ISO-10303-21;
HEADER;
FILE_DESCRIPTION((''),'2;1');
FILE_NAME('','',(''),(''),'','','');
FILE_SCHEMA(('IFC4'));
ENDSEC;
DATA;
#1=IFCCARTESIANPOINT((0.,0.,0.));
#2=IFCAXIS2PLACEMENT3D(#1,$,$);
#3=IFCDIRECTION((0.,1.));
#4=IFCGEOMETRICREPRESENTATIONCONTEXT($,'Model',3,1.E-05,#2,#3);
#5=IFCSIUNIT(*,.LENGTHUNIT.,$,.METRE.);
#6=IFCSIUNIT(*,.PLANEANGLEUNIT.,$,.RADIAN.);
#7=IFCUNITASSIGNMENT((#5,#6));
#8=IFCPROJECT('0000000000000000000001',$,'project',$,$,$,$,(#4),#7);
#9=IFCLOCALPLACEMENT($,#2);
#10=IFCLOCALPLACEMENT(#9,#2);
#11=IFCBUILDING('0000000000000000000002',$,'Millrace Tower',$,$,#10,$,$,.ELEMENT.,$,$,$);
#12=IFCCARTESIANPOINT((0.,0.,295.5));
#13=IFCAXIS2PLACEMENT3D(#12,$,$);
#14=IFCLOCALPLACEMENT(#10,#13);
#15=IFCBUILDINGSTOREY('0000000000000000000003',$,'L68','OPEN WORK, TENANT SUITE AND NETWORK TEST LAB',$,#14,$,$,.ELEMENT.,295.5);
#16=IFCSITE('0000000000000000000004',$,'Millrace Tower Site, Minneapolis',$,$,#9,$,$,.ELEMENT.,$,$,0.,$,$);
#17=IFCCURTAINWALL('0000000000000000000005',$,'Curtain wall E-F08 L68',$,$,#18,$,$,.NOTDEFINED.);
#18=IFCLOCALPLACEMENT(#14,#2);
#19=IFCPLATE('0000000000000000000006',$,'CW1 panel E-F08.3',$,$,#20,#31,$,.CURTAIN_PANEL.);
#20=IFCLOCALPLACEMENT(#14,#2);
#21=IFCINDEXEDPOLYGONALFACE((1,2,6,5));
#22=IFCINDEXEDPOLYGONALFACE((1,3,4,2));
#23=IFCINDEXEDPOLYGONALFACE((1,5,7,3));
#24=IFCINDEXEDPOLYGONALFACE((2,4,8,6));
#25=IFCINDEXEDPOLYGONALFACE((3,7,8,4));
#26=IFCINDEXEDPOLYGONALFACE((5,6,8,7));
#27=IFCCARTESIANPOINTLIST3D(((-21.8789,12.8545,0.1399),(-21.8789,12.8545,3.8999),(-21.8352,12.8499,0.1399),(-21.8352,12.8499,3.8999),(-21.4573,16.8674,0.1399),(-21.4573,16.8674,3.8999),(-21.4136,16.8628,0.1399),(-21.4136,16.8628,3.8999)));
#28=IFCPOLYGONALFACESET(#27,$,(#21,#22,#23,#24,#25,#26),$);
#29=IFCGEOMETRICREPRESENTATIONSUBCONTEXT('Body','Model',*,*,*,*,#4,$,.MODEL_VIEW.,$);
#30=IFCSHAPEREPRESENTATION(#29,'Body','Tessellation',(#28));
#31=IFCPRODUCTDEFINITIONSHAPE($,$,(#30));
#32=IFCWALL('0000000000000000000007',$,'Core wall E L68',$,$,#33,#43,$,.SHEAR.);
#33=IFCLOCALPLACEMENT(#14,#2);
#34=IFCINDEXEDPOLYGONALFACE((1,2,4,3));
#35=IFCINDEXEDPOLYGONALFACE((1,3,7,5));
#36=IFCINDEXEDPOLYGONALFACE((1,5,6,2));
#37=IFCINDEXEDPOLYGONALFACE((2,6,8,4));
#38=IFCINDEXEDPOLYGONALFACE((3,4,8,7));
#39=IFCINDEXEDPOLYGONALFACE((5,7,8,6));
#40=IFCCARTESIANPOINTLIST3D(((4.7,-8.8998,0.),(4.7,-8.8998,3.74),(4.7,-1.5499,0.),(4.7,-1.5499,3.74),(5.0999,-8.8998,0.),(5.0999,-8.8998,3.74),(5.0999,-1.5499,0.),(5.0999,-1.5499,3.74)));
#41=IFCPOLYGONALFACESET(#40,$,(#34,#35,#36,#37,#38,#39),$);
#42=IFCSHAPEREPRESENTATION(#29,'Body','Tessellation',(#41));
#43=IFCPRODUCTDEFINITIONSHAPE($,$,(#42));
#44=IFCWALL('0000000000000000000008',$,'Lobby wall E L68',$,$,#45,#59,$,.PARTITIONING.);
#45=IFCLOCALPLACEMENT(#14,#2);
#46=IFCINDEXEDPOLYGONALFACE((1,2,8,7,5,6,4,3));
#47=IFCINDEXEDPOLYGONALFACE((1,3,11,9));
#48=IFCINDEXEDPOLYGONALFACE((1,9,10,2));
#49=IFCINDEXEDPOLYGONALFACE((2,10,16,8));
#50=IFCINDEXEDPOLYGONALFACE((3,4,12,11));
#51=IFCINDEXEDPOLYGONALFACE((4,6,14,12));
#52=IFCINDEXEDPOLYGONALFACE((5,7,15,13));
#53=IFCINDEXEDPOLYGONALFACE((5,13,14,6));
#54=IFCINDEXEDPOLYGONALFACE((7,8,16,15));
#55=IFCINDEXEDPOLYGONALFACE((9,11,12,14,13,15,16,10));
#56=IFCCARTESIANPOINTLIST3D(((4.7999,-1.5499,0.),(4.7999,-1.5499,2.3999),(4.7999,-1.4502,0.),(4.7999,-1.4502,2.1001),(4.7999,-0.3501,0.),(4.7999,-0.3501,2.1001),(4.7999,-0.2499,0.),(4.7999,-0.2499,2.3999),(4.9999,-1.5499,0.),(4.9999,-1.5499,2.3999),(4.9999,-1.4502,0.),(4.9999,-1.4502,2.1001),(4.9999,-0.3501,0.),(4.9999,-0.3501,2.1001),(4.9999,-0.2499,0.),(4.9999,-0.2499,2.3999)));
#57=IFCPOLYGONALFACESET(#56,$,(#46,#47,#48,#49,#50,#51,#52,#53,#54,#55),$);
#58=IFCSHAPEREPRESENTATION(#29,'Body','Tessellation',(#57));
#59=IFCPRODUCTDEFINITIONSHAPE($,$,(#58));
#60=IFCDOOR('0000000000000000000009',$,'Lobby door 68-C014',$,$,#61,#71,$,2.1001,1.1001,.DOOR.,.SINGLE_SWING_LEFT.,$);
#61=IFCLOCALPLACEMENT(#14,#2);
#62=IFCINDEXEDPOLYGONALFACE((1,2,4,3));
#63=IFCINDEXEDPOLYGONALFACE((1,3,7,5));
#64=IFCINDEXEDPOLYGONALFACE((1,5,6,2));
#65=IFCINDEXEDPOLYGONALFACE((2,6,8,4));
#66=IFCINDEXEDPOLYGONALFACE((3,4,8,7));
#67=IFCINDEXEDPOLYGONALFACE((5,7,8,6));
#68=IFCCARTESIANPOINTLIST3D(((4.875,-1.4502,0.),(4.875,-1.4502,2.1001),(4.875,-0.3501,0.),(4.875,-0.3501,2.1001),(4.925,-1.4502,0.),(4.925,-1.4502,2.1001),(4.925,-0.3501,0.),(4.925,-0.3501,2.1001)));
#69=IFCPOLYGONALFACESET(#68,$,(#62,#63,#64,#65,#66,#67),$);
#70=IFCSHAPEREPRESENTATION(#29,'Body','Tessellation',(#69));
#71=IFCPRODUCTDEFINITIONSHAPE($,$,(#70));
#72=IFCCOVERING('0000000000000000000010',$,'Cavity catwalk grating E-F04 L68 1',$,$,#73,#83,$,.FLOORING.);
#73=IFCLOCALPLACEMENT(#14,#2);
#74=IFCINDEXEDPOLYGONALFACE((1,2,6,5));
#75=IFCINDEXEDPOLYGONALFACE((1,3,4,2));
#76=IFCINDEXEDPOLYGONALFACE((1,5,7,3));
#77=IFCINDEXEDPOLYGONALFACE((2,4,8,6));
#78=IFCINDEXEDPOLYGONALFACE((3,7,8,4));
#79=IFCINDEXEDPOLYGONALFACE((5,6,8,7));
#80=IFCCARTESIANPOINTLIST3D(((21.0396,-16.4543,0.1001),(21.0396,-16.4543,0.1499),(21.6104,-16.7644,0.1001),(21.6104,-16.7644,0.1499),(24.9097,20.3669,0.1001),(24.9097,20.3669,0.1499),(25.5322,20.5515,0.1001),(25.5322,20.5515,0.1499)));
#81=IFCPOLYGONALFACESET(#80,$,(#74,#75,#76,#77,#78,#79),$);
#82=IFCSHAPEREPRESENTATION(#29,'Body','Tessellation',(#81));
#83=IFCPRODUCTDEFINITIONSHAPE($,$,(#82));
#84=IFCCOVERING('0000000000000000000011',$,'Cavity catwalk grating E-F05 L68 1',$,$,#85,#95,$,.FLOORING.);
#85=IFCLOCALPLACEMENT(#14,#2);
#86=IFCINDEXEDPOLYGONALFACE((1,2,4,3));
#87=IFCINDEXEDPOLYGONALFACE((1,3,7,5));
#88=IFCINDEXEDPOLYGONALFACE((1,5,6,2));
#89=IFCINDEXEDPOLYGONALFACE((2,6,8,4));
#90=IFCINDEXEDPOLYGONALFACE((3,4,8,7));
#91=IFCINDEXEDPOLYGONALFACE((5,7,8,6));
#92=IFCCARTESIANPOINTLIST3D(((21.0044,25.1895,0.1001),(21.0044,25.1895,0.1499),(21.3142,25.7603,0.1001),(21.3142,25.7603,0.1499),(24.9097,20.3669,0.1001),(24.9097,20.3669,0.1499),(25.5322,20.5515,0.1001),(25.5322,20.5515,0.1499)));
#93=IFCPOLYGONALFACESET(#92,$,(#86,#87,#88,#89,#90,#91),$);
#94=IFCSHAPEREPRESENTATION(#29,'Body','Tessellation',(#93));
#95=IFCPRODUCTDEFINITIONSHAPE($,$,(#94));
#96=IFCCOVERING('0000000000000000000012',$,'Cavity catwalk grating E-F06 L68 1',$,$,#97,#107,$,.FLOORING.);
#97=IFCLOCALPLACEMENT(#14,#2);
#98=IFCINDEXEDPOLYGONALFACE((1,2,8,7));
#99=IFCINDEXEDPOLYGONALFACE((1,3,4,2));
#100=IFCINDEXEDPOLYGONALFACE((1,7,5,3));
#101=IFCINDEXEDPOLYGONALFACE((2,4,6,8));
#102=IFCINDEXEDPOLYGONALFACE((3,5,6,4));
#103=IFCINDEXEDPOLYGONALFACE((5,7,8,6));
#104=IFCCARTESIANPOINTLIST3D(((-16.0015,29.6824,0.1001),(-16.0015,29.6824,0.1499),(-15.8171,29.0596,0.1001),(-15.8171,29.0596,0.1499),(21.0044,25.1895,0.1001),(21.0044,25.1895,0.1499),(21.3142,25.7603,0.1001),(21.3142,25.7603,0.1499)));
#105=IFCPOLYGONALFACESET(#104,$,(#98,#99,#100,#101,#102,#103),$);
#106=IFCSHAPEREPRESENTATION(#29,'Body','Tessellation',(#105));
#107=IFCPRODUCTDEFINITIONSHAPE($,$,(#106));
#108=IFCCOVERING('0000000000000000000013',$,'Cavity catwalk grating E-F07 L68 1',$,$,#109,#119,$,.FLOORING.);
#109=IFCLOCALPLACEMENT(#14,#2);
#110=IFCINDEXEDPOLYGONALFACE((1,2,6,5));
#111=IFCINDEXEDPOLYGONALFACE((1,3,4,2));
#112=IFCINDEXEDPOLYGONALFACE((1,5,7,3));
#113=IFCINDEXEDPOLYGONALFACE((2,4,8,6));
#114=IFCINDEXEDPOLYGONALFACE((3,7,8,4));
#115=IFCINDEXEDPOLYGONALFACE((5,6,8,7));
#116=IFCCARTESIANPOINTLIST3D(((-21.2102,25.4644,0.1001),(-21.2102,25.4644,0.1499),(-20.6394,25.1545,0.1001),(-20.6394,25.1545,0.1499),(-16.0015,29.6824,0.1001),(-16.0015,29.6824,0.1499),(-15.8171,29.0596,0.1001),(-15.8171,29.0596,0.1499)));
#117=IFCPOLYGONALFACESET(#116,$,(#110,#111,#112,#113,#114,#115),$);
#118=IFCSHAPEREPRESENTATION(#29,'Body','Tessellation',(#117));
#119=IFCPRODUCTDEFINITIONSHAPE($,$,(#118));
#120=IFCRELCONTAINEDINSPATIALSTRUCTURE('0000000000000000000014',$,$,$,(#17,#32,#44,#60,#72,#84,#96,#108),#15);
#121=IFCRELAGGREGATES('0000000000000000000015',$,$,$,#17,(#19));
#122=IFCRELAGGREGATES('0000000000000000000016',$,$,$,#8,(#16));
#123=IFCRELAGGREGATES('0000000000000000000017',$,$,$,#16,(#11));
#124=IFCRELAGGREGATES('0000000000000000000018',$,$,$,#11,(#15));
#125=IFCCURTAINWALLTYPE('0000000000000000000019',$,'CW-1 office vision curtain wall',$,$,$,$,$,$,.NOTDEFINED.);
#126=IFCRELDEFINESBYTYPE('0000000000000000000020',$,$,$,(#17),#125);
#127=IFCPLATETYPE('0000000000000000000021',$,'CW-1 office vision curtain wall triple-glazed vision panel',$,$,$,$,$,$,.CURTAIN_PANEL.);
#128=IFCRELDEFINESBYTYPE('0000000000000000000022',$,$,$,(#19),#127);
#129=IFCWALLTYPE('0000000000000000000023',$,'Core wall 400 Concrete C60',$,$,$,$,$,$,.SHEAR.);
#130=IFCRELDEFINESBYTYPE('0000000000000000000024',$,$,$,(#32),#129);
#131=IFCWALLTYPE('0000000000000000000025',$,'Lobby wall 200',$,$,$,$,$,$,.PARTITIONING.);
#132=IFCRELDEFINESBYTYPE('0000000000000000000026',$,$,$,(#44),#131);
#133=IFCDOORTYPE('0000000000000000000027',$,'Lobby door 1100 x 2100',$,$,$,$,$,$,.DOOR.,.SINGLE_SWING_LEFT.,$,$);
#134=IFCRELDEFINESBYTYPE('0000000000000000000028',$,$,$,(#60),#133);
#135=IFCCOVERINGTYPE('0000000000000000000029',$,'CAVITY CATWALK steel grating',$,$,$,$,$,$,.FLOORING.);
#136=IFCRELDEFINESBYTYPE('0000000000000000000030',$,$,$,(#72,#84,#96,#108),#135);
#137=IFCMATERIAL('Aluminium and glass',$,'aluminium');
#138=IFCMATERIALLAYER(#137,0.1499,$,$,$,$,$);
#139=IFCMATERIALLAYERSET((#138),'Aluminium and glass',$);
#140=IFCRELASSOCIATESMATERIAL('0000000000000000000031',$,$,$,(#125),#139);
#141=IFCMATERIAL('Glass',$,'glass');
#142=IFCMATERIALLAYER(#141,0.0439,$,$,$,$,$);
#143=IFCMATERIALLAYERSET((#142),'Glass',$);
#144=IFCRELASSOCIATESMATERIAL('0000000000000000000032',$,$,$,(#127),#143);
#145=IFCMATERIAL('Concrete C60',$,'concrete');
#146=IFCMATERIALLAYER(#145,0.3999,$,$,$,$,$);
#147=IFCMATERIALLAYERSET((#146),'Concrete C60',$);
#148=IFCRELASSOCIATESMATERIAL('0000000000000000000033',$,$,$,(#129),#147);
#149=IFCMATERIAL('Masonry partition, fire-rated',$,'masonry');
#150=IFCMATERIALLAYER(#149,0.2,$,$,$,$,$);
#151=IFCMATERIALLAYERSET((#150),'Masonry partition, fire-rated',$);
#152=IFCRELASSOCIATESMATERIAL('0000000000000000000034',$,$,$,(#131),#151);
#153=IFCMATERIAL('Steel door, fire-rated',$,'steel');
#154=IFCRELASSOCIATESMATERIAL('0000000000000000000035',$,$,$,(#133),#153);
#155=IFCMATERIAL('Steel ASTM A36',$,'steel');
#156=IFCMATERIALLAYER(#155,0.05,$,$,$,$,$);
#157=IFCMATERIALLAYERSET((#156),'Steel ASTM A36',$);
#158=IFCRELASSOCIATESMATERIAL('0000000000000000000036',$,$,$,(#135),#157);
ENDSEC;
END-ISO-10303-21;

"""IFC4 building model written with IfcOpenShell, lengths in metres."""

from ifc_helpers import new_model, si_unit, direction, frame, frame_2d, origin, place, context, subcontext, project, spatial, polyline, rectangle, outline, extrude, material, layer, layer_set, type_object, element, fill, aggregate, save


model = new_model("IFC4")

# Units and contexts
model_context = context("Model", 3, precision=1e-05, world=origin(), true_north=direction((0.0, 1.0)))
body_context = subcontext(model_context, "Body", "Model", "MODEL_VIEW")
ifc_project = project(units=[si_unit("LENGTHUNIT", "METRE"), si_unit("PLANEANGLEUNIT", "RADIAN")], contexts=[model_context])

# Site, building, storey
site_placement = place(None, origin())
site = spatial("IfcSite", under=ifc_project, at=site_placement, Name="Millrace Tower Site, Minneapolis", CompositionType="ELEMENT", RefElevation=0.0)
building_placement = place(site_placement, origin())
building = spatial("IfcBuilding", under=site, at=building_placement, Name="Millrace Tower", CompositionType="ELEMENT")
storey_placement = place(building_placement, frame((0.0, 0.0, 295.5)))
storey = spatial("IfcBuildingStorey", under=building, at=storey_placement, Name="L68", Description="OPEN WORK, TENANT SUITE AND NETWORK TEST LAB", CompositionType="ELEMENT", Elevation=295.5)

# Shared definitions
ifc_material_1 = material(Name="Aluminium and glass", Category="aluminium")
ifc_layer_1 = layer(ifc_material_1, 0.1499)
ifc_layer_set_1 = layer_set([ifc_layer_1], Name="Aluminium and glass")
curtain_wall_type = type_object("IfcCurtainWallType", Name="CW-1 office vision curtain wall", PredefinedType="NOTDEFINED", material=ifc_layer_set_1)
placement_1 = place(storey_placement, origin())
ifc_material_2 = material(Name="Glass", Category="glass")
ifc_layer_2 = layer(ifc_material_2, 0.0439)
ifc_layer_set_2 = layer_set([ifc_layer_2], Name="Glass")
plate_type = type_object("IfcPlateType", Name="CW-1 office vision curtain wall triple-glazed vision panel", PredefinedType="CURTAIN_PANEL", material=ifc_layer_set_2)
placement_2 = place(storey_placement, frame((0.0, 0.0, 0.1399)))

# Curtain wall, plate
curtain_wall_1 = element("IfcCurtainWall", 1, at=placement_1, inside=storey, type_object=curtain_wall_type, Name="Curtain wall E-F08 L68", PredefinedType="NOTDEFINED")
plate_1 = element("IfcPlate", 2, at=placement_2, type_object=plate_type, Name="CW1 panel E-F08.3", PredefinedType="CURTAIN_PANEL", context=body_context, shape_type="SweptSolid", body=[
    extrude(outline(polyline([(-21.4573, 16.8674), (-21.8789, 12.8545), (-21.8352, 12.8499), (-21.4136, 16.8628), (-21.4573, 16.8674)])), origin(), (0.0, 0.0, 1.0), 3.76),
])
aggregate(curtain_wall_1, [plate_1])

# Wall
ifc_material_3 = material(Name="Concrete C60", Category="concrete")
ifc_layer_3 = layer(ifc_material_3, 0.3999)
ifc_layer_set_3 = layer_set([ifc_layer_3], Name="Concrete C60")
wall_type_1 = type_object("IfcWallType", Name="Core wall 400 Concrete C60", PredefinedType="SHEAR", material=ifc_layer_set_3)
wall_1_placement = place(storey_placement, frame((4.8999, -1.55, 0.0), z_axis=(0.0, 0.0, 1.0), x_axis=(0.0, -1.0, 0.0)))
element("IfcWall", 3, at=wall_1_placement, inside=storey, type_object=wall_type_1, Name="Core wall E L68", PredefinedType="SHEAR", context=body_context, shape_type="SweptSolid", body=[
    extrude(rectangle(XDim=7.3499, YDim=0.3999, at=frame_2d((3.6748, 0.0))), origin(), (0.0, 0.0, 1.0), 3.74),
])

# Wall, opening, door
ifc_material_4 = material(Name="Masonry partition, fire-rated", Category="masonry")
ifc_layer_4 = layer(ifc_material_4, 0.2)
ifc_layer_set_4 = layer_set([ifc_layer_4], Name="Masonry partition, fire-rated")
wall_type_2 = type_object("IfcWallType", Name="Lobby wall 200", PredefinedType="PARTITIONING", material=ifc_layer_set_4)
wall_2_placement = place(storey_placement, frame((4.8999, -0.25, 0.0), z_axis=(0.0, 0.0, 1.0), x_axis=(0.0, -1.0, 0.0)))
wall_2 = element("IfcWall", 4, at=wall_2_placement, inside=storey, type_object=wall_type_2, Name="Lobby wall E L68", PredefinedType="PARTITIONING", context=body_context, shape_type="SweptSolid", body=[
    extrude(rectangle(XDim=1.3, YDim=0.2, at=frame_2d((0.6499, 0.0))), origin(), (0.0, 0.0, 1.0), 2.3999),
])
opening_placement = place(wall_2_placement, frame((0.1001, 0.0, 0.0)))
opening = element("IfcOpeningElement", 5, at=opening_placement, cuts=wall_2, PredefinedType="OPENING", context=body_context, shape_type="SweptSolid", body=[
    extrude(rectangle(XDim=1.1001, YDim=2.1001, at=frame_2d((0.55, 1.05))), frame((0.0, 0.1099, 0.0), z_axis=(0.0, -1.0, 0.0), x_axis=(1.0, 0.0, 0.0)), (0.0, 0.0, 1.0), 0.22),
])
ifc_material_5 = material(Name="Steel door, fire-rated", Category="steel")
door_type = type_object("IfcDoorType", Name="Lobby door 1100 x 2100", OperationType="SINGLE_SWING_LEFT", PredefinedType="DOOR", material=ifc_material_5)
door_placement = place(opening_placement, frame((1.1001, 0.0, 0.0), z_axis=(0.0, 0.0, 1.0), x_axis=(-1.0, 0.0, 0.0)))
door = element("IfcDoor", 6, at=door_placement, inside=storey, type_object=door_type, Name="Lobby door 68-C014", OperationType="SINGLE_SWING_LEFT", OverallHeight=2.1001, OverallWidth=1.1001, PredefinedType="DOOR", context=body_context, shape_type="SweptSolid", body=[
    extrude(rectangle(XDim=1.1001, YDim=2.1001, at=frame_2d((0.55, 1.05))), frame((0.0, 0.0249, 0.0), z_axis=(0.0, -1.0, 0.0), x_axis=(1.0, 0.0, 0.0)), (0.0, 0.0, 1.0), 0.05),
])
fill(opening, door)

# Coverings
ifc_material_6 = material(Name="Steel ASTM A36", Category="steel")
ifc_layer_5 = layer(ifc_material_6, 0.05)
ifc_layer_set_5 = layer_set([ifc_layer_5], Name="Steel ASTM A36")
covering_type = type_object("IfcCoveringType", Name="CAVITY CATWALK steel grating", PredefinedType="FLOORING", material=ifc_layer_set_5)
placement_3 = place(storey_placement, frame((0.0, 0.0, 0.1001)))
element("IfcCovering", 7, at=placement_3, inside=storey, type_object=covering_type, Name="Cavity catwalk grating E-F04 L68 1", PredefinedType="FLOORING", context=body_context, shape_type="SweptSolid", body=[
    extrude(outline(polyline([(21.6104, -16.7644), (25.5322, 20.5515), (24.9097, 20.3669), (21.0396, -16.4543), (21.6104, -16.7644)])), origin(), (0.0, 0.0, 1.0), 0.0498),
])
element("IfcCovering", 8, at=placement_3, inside=storey, type_object=covering_type, Name="Cavity catwalk grating E-F05 L68 1", PredefinedType="FLOORING", context=body_context, shape_type="SweptSolid", body=[
    extrude(outline(polyline([(25.5322, 20.5515), (21.3142, 25.7603), (21.0044, 25.1895), (24.9097, 20.3669), (25.5322, 20.5515)])), origin(), (0.0, 0.0, 1.0), 0.0498),
])
element("IfcCovering", 9, at=placement_3, inside=storey, type_object=covering_type, Name="Cavity catwalk grating E-F06 L68 1", PredefinedType="FLOORING", context=body_context, shape_type="SweptSolid", body=[
    extrude(outline(polyline([(21.3142, 25.7603), (-16.0015, 29.6824), (-15.8171, 29.0596), (21.0044, 25.1895), (21.3142, 25.7603)])), origin(), (0.0, 0.0, 1.0), 0.0498),
])
element("IfcCovering", 10, at=placement_3, inside=storey, type_object=covering_type, Name="Cavity catwalk grating E-F07 L68 1", PredefinedType="FLOORING", context=body_context, shape_type="SweptSolid", body=[
    extrude(outline(polyline([(-16.0015, 29.6824), (-21.2102, 25.4644), (-20.6394, 25.1545), (-15.8171, 29.0596), (-16.0015, 29.6824)])), origin(), (0.0, 0.0, 1.0), 0.0498),
])

save(model, "model.ifc")
